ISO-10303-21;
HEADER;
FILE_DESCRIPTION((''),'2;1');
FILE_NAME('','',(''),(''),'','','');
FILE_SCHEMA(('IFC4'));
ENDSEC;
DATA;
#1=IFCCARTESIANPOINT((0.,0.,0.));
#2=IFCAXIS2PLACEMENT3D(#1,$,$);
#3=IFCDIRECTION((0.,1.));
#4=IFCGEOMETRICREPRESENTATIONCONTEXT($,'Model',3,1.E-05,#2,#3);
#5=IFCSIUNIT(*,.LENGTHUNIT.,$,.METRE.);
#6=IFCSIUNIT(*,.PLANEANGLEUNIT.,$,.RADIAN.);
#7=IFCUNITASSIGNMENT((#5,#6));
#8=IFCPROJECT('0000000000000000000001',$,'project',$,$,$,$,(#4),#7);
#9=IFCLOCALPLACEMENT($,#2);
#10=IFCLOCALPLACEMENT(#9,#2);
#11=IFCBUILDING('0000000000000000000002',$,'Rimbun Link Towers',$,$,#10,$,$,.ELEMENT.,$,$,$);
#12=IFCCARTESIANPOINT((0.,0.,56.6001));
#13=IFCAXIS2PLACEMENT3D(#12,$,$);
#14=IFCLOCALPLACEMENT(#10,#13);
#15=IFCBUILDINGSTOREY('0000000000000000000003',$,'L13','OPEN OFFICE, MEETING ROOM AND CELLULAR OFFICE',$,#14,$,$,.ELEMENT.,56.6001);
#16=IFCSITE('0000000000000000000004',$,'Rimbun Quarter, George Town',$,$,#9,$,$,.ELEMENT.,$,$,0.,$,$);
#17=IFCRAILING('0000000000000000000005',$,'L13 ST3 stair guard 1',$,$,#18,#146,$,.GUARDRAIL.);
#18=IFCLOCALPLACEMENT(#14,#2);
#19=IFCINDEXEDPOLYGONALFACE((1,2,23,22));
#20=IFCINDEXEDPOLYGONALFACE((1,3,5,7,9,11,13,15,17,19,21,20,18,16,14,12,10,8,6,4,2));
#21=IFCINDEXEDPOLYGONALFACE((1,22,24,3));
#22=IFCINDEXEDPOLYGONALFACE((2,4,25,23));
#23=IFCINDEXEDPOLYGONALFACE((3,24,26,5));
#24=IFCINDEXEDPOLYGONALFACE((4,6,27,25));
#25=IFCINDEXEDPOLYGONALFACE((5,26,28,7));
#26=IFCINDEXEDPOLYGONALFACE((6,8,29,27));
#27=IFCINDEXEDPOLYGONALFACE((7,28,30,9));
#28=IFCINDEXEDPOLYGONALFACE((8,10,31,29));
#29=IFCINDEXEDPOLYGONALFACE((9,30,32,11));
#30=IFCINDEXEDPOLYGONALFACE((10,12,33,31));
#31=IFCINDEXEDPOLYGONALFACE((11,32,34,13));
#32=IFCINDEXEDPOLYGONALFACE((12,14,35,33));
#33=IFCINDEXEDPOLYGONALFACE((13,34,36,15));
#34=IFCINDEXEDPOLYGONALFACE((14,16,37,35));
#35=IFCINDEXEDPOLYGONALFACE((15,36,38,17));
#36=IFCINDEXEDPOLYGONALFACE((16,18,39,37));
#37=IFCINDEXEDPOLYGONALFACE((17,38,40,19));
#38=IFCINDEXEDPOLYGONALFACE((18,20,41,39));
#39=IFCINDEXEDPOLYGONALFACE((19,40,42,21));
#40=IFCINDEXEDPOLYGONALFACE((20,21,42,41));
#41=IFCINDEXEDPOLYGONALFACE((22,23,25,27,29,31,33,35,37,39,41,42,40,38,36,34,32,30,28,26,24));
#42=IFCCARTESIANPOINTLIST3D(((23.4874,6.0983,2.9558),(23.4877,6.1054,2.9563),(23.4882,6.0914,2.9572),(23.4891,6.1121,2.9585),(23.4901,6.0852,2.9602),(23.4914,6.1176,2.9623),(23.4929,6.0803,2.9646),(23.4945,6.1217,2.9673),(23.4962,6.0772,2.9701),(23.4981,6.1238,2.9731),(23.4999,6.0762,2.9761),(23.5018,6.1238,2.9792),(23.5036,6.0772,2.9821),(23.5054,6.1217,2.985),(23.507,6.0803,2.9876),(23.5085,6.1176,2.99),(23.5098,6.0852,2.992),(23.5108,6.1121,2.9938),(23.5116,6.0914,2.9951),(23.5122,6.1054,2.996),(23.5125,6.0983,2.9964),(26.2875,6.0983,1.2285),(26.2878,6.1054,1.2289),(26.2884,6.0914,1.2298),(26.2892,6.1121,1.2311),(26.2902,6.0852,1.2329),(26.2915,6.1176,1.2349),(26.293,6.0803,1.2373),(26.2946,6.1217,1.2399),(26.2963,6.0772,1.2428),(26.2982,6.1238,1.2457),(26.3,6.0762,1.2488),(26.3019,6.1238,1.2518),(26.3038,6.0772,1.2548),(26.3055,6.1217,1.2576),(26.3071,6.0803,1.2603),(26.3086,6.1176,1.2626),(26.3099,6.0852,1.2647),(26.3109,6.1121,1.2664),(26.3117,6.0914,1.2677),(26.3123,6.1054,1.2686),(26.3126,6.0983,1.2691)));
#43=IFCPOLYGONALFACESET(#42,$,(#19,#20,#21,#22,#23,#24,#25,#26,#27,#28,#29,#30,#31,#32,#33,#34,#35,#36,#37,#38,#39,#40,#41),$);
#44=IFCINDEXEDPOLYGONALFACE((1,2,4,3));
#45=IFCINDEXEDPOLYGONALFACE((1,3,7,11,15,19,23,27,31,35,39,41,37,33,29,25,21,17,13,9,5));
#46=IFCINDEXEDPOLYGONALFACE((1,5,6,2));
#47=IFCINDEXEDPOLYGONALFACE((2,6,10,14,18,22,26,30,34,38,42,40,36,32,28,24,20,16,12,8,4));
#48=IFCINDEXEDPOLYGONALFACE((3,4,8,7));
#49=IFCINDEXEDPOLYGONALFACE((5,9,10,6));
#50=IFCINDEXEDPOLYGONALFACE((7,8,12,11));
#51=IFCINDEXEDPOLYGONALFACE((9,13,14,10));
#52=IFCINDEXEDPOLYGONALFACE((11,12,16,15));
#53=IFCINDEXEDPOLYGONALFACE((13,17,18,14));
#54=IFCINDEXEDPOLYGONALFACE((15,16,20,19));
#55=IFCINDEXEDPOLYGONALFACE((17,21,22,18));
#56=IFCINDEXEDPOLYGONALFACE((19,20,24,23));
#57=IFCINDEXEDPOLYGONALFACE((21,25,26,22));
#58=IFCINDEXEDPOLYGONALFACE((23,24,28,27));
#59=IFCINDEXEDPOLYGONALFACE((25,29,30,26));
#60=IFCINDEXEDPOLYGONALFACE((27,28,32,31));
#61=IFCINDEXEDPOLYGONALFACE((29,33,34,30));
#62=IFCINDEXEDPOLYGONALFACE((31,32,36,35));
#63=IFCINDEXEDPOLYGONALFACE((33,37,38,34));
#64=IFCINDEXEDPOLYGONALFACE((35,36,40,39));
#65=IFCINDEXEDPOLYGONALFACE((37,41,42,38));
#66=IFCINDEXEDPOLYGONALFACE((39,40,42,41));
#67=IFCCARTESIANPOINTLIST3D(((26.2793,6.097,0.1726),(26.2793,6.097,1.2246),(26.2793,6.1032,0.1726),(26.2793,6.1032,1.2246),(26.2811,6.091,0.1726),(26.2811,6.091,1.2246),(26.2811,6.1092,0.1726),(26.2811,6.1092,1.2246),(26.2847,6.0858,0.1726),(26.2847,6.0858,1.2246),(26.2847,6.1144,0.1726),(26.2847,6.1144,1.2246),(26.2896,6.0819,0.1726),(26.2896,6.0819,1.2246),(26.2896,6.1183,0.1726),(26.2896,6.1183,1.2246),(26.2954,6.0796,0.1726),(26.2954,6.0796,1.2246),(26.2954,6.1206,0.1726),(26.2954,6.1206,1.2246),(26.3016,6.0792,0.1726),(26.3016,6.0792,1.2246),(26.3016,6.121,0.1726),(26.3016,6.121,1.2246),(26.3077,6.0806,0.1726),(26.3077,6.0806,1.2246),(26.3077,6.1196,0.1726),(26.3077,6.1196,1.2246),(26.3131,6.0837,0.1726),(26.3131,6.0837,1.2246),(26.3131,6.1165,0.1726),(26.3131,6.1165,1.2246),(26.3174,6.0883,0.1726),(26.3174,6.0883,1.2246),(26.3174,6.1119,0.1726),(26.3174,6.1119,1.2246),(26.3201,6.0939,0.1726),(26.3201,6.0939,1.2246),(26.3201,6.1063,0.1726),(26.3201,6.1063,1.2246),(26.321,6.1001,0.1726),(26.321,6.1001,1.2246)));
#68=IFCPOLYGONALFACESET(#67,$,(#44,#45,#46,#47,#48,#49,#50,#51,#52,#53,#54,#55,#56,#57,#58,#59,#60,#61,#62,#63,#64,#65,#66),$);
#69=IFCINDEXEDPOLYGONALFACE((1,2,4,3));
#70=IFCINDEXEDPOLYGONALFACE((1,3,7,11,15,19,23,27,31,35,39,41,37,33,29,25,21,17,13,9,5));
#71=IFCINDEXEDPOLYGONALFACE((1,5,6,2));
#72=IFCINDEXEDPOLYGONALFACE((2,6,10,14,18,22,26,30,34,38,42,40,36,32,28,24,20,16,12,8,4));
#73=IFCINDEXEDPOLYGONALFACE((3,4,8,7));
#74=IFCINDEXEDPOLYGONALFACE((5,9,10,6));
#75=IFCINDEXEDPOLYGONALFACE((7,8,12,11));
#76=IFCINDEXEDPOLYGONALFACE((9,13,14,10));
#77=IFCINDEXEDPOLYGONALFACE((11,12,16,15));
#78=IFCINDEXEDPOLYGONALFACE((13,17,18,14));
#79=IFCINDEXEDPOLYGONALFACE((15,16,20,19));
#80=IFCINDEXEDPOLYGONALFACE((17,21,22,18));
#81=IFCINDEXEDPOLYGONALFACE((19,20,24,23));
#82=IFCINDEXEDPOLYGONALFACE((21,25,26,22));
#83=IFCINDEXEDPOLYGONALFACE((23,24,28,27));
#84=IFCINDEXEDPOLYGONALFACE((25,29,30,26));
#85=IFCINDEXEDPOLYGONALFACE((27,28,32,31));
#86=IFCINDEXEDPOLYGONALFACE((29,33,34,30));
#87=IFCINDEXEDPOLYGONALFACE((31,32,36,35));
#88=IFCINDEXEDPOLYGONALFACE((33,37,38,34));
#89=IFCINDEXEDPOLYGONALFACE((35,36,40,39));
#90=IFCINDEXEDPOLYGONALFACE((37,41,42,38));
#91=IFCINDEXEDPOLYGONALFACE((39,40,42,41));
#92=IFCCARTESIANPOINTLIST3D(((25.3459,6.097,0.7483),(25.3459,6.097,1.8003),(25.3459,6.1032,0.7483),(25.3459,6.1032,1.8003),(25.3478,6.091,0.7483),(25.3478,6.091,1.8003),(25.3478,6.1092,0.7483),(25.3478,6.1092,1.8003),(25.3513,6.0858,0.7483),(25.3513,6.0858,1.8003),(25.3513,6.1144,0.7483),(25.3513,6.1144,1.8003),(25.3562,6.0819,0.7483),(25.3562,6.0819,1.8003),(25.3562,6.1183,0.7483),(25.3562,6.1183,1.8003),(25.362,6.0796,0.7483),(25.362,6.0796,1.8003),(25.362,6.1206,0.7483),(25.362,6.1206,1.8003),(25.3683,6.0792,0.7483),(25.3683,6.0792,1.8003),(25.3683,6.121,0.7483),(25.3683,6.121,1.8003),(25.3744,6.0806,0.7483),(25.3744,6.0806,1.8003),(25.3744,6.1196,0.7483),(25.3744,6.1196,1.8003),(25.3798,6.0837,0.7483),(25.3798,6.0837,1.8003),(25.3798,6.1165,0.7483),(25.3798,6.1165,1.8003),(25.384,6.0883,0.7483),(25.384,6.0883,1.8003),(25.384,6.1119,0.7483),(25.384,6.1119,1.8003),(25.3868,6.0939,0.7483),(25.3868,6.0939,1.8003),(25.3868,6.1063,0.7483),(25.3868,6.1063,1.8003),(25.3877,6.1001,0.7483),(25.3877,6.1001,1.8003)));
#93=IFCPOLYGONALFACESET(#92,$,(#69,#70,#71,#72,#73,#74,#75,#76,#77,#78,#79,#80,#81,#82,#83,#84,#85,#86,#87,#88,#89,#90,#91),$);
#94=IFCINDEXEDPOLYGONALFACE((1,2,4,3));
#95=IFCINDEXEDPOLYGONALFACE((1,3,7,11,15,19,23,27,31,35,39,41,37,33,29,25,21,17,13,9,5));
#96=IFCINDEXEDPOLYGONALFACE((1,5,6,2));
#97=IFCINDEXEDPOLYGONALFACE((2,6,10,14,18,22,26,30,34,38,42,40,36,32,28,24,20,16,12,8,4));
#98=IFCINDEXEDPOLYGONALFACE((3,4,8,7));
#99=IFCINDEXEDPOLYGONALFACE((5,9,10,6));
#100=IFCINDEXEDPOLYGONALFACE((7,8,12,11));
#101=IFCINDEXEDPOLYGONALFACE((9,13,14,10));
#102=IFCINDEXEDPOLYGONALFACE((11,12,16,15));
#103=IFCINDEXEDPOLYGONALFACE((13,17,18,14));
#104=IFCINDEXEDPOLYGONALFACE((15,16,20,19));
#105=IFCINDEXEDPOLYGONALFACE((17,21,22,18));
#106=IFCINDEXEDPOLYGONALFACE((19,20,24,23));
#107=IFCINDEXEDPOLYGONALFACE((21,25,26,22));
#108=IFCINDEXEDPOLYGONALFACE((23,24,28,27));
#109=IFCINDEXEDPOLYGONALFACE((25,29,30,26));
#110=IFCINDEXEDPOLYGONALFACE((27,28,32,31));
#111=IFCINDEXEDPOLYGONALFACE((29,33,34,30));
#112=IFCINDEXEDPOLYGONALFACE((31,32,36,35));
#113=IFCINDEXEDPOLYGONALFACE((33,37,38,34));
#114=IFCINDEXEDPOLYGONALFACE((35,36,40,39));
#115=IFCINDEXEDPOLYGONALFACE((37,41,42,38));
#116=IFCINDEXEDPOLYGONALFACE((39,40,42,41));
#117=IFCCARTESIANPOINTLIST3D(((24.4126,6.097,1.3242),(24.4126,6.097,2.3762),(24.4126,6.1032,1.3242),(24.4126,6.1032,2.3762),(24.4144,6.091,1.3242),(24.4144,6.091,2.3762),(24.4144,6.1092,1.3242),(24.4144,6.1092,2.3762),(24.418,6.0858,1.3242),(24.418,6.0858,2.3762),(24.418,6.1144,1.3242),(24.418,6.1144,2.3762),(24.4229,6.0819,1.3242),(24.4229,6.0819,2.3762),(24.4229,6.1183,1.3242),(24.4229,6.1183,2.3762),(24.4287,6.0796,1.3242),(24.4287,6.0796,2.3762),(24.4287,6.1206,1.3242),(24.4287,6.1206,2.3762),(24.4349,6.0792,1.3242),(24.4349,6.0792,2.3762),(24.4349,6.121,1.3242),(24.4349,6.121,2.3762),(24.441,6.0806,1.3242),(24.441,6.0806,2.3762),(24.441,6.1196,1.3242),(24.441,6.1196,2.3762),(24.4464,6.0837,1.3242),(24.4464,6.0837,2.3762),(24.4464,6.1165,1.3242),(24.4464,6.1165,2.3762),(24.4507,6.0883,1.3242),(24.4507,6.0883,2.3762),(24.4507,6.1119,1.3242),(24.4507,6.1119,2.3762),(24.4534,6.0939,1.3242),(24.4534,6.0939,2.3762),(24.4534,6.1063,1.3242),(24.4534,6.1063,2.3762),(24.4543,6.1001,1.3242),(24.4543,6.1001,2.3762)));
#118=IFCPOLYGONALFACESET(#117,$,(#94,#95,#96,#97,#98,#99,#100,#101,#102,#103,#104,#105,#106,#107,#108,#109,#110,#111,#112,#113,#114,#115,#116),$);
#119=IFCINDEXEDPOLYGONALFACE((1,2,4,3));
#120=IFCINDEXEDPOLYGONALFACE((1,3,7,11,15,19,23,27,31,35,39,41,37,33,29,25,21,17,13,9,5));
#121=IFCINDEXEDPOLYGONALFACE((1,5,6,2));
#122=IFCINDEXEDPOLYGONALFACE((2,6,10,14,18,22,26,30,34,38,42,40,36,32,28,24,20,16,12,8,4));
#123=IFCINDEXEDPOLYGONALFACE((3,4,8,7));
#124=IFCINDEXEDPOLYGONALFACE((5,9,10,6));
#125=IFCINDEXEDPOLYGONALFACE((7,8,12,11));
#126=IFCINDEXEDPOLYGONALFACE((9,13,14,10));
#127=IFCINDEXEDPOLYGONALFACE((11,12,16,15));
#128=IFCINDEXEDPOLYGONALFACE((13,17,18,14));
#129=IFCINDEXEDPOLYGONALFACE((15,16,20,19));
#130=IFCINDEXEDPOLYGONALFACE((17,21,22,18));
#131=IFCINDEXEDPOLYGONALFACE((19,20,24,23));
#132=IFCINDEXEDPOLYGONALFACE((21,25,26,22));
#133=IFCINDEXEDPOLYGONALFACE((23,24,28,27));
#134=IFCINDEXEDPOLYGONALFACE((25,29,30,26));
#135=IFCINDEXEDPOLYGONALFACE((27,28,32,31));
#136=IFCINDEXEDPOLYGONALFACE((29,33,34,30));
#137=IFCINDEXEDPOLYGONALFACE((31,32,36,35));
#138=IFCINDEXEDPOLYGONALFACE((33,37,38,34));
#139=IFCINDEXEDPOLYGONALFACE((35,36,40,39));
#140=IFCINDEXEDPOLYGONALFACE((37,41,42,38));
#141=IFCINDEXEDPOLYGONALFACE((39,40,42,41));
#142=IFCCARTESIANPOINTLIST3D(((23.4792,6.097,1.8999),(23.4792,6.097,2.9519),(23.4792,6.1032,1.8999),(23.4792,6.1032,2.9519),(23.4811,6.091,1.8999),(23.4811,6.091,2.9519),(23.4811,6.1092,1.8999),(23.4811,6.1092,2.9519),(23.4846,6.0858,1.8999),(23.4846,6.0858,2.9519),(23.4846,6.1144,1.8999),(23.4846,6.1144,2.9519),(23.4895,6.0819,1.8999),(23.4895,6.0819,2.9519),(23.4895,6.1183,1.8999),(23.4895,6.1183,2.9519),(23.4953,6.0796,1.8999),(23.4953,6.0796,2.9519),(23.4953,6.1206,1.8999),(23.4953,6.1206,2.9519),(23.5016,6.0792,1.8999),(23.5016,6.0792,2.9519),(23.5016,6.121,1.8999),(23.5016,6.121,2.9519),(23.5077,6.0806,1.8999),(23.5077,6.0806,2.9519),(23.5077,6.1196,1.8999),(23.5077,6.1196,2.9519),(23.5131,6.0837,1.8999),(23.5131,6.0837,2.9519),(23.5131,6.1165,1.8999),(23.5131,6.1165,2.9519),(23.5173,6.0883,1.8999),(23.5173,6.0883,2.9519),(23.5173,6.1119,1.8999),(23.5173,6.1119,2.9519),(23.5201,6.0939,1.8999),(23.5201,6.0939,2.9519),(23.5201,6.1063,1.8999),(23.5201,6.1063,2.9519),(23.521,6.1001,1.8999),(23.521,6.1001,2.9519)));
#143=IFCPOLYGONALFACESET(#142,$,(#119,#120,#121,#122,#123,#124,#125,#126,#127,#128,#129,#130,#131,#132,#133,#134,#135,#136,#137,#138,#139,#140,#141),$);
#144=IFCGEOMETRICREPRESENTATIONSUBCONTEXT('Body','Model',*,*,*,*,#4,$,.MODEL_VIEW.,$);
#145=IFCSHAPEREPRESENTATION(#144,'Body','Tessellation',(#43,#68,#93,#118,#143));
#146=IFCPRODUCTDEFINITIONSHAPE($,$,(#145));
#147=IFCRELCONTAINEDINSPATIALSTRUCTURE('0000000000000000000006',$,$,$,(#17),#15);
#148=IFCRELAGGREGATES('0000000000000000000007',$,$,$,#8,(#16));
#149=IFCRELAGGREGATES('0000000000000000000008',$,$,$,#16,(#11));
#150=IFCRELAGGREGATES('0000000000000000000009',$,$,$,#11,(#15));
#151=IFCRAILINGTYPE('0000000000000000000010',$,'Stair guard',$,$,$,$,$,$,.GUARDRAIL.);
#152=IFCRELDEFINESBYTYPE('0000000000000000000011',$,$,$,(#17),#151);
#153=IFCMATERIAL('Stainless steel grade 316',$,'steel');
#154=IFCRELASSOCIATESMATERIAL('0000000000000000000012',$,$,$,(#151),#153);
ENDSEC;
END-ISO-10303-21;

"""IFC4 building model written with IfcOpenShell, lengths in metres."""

from ifc_helpers import new_model, si_unit, direction, frame, origin, origin_2d, place, context, subcontext, project, spatial, circle, extrude, material, type_object, element, save


model = new_model("IFC4")

# Units and contexts
model_context = context("Model", 3, precision=1e-05, world=origin(), true_north=direction((0.0, 1.0)))
body_context = subcontext(model_context, "Body", "Model", "MODEL_VIEW")
ifc_project = project(units=[si_unit("LENGTHUNIT", "METRE"), si_unit("PLANEANGLEUNIT", "RADIAN")], contexts=[model_context])

# Site, building, storey
site_placement = place(None, origin())
site = spatial("IfcSite", under=ifc_project, at=site_placement, Name="Rimbun Quarter, George Town", CompositionType="ELEMENT", RefElevation=0.0)
building_placement = place(site_placement, origin())
building = spatial("IfcBuilding", under=site, at=building_placement, Name="Rimbun Link Towers", CompositionType="ELEMENT")
storey_placement = place(building_placement, frame((0.0, 0.0, 56.6001)))
storey = spatial("IfcBuildingStorey", under=building, at=storey_placement, Name="L13", Description="OPEN OFFICE, MEETING ROOM AND CELLULAR OFFICE", CompositionType="ELEMENT", Elevation=56.6001)

# Railing
ifc_material_1 = material(Name="Stainless steel grade 316", Category="steel")
railing_type_1 = type_object("IfcRailingType", Name="Stair guard", PredefinedType="GUARDRAIL", material=ifc_material_1)
railing_1_placement = place(storey_placement, frame((26.3, 6.1001, 0.1726)))
element("IfcRailing", 1, at=railing_1_placement, inside=storey, type_object=railing_type_1, Name="L13 ST3 stair guard 1", PredefinedType="GUARDRAIL", context=body_context, shape_type="SweptSolid", body=[
    extrude(circle(Radius=0.0239, at=origin_2d()), frame((0.0, 0.0, 1.0762), z_axis=(-0.85109, 0.0, 0.52502), x_axis=(0.0, -1.0, 0.0)), (0.0, 0.0, 1.0), 3.29),
    extrude(circle(Radius=0.021, at=origin_2d()), origin(), (0.0, 0.0, 1.0), 1.052),
    extrude(circle(Radius=0.021, at=origin_2d()), frame((-0.9333, 0.0, 0.5757)), (0.0, 0.0, 1.0), 1.052),
    extrude(circle(Radius=0.021, at=origin_2d()), frame((-1.8667, 0.0, 1.1516)), (0.0, 0.0, 1.0), 1.052),
    extrude(circle(Radius=0.021, at=origin_2d()), frame((-2.8, 0.0, 1.7273)), (0.0, 0.0, 1.0), 1.052),
])

save(model, "model.ifc")
